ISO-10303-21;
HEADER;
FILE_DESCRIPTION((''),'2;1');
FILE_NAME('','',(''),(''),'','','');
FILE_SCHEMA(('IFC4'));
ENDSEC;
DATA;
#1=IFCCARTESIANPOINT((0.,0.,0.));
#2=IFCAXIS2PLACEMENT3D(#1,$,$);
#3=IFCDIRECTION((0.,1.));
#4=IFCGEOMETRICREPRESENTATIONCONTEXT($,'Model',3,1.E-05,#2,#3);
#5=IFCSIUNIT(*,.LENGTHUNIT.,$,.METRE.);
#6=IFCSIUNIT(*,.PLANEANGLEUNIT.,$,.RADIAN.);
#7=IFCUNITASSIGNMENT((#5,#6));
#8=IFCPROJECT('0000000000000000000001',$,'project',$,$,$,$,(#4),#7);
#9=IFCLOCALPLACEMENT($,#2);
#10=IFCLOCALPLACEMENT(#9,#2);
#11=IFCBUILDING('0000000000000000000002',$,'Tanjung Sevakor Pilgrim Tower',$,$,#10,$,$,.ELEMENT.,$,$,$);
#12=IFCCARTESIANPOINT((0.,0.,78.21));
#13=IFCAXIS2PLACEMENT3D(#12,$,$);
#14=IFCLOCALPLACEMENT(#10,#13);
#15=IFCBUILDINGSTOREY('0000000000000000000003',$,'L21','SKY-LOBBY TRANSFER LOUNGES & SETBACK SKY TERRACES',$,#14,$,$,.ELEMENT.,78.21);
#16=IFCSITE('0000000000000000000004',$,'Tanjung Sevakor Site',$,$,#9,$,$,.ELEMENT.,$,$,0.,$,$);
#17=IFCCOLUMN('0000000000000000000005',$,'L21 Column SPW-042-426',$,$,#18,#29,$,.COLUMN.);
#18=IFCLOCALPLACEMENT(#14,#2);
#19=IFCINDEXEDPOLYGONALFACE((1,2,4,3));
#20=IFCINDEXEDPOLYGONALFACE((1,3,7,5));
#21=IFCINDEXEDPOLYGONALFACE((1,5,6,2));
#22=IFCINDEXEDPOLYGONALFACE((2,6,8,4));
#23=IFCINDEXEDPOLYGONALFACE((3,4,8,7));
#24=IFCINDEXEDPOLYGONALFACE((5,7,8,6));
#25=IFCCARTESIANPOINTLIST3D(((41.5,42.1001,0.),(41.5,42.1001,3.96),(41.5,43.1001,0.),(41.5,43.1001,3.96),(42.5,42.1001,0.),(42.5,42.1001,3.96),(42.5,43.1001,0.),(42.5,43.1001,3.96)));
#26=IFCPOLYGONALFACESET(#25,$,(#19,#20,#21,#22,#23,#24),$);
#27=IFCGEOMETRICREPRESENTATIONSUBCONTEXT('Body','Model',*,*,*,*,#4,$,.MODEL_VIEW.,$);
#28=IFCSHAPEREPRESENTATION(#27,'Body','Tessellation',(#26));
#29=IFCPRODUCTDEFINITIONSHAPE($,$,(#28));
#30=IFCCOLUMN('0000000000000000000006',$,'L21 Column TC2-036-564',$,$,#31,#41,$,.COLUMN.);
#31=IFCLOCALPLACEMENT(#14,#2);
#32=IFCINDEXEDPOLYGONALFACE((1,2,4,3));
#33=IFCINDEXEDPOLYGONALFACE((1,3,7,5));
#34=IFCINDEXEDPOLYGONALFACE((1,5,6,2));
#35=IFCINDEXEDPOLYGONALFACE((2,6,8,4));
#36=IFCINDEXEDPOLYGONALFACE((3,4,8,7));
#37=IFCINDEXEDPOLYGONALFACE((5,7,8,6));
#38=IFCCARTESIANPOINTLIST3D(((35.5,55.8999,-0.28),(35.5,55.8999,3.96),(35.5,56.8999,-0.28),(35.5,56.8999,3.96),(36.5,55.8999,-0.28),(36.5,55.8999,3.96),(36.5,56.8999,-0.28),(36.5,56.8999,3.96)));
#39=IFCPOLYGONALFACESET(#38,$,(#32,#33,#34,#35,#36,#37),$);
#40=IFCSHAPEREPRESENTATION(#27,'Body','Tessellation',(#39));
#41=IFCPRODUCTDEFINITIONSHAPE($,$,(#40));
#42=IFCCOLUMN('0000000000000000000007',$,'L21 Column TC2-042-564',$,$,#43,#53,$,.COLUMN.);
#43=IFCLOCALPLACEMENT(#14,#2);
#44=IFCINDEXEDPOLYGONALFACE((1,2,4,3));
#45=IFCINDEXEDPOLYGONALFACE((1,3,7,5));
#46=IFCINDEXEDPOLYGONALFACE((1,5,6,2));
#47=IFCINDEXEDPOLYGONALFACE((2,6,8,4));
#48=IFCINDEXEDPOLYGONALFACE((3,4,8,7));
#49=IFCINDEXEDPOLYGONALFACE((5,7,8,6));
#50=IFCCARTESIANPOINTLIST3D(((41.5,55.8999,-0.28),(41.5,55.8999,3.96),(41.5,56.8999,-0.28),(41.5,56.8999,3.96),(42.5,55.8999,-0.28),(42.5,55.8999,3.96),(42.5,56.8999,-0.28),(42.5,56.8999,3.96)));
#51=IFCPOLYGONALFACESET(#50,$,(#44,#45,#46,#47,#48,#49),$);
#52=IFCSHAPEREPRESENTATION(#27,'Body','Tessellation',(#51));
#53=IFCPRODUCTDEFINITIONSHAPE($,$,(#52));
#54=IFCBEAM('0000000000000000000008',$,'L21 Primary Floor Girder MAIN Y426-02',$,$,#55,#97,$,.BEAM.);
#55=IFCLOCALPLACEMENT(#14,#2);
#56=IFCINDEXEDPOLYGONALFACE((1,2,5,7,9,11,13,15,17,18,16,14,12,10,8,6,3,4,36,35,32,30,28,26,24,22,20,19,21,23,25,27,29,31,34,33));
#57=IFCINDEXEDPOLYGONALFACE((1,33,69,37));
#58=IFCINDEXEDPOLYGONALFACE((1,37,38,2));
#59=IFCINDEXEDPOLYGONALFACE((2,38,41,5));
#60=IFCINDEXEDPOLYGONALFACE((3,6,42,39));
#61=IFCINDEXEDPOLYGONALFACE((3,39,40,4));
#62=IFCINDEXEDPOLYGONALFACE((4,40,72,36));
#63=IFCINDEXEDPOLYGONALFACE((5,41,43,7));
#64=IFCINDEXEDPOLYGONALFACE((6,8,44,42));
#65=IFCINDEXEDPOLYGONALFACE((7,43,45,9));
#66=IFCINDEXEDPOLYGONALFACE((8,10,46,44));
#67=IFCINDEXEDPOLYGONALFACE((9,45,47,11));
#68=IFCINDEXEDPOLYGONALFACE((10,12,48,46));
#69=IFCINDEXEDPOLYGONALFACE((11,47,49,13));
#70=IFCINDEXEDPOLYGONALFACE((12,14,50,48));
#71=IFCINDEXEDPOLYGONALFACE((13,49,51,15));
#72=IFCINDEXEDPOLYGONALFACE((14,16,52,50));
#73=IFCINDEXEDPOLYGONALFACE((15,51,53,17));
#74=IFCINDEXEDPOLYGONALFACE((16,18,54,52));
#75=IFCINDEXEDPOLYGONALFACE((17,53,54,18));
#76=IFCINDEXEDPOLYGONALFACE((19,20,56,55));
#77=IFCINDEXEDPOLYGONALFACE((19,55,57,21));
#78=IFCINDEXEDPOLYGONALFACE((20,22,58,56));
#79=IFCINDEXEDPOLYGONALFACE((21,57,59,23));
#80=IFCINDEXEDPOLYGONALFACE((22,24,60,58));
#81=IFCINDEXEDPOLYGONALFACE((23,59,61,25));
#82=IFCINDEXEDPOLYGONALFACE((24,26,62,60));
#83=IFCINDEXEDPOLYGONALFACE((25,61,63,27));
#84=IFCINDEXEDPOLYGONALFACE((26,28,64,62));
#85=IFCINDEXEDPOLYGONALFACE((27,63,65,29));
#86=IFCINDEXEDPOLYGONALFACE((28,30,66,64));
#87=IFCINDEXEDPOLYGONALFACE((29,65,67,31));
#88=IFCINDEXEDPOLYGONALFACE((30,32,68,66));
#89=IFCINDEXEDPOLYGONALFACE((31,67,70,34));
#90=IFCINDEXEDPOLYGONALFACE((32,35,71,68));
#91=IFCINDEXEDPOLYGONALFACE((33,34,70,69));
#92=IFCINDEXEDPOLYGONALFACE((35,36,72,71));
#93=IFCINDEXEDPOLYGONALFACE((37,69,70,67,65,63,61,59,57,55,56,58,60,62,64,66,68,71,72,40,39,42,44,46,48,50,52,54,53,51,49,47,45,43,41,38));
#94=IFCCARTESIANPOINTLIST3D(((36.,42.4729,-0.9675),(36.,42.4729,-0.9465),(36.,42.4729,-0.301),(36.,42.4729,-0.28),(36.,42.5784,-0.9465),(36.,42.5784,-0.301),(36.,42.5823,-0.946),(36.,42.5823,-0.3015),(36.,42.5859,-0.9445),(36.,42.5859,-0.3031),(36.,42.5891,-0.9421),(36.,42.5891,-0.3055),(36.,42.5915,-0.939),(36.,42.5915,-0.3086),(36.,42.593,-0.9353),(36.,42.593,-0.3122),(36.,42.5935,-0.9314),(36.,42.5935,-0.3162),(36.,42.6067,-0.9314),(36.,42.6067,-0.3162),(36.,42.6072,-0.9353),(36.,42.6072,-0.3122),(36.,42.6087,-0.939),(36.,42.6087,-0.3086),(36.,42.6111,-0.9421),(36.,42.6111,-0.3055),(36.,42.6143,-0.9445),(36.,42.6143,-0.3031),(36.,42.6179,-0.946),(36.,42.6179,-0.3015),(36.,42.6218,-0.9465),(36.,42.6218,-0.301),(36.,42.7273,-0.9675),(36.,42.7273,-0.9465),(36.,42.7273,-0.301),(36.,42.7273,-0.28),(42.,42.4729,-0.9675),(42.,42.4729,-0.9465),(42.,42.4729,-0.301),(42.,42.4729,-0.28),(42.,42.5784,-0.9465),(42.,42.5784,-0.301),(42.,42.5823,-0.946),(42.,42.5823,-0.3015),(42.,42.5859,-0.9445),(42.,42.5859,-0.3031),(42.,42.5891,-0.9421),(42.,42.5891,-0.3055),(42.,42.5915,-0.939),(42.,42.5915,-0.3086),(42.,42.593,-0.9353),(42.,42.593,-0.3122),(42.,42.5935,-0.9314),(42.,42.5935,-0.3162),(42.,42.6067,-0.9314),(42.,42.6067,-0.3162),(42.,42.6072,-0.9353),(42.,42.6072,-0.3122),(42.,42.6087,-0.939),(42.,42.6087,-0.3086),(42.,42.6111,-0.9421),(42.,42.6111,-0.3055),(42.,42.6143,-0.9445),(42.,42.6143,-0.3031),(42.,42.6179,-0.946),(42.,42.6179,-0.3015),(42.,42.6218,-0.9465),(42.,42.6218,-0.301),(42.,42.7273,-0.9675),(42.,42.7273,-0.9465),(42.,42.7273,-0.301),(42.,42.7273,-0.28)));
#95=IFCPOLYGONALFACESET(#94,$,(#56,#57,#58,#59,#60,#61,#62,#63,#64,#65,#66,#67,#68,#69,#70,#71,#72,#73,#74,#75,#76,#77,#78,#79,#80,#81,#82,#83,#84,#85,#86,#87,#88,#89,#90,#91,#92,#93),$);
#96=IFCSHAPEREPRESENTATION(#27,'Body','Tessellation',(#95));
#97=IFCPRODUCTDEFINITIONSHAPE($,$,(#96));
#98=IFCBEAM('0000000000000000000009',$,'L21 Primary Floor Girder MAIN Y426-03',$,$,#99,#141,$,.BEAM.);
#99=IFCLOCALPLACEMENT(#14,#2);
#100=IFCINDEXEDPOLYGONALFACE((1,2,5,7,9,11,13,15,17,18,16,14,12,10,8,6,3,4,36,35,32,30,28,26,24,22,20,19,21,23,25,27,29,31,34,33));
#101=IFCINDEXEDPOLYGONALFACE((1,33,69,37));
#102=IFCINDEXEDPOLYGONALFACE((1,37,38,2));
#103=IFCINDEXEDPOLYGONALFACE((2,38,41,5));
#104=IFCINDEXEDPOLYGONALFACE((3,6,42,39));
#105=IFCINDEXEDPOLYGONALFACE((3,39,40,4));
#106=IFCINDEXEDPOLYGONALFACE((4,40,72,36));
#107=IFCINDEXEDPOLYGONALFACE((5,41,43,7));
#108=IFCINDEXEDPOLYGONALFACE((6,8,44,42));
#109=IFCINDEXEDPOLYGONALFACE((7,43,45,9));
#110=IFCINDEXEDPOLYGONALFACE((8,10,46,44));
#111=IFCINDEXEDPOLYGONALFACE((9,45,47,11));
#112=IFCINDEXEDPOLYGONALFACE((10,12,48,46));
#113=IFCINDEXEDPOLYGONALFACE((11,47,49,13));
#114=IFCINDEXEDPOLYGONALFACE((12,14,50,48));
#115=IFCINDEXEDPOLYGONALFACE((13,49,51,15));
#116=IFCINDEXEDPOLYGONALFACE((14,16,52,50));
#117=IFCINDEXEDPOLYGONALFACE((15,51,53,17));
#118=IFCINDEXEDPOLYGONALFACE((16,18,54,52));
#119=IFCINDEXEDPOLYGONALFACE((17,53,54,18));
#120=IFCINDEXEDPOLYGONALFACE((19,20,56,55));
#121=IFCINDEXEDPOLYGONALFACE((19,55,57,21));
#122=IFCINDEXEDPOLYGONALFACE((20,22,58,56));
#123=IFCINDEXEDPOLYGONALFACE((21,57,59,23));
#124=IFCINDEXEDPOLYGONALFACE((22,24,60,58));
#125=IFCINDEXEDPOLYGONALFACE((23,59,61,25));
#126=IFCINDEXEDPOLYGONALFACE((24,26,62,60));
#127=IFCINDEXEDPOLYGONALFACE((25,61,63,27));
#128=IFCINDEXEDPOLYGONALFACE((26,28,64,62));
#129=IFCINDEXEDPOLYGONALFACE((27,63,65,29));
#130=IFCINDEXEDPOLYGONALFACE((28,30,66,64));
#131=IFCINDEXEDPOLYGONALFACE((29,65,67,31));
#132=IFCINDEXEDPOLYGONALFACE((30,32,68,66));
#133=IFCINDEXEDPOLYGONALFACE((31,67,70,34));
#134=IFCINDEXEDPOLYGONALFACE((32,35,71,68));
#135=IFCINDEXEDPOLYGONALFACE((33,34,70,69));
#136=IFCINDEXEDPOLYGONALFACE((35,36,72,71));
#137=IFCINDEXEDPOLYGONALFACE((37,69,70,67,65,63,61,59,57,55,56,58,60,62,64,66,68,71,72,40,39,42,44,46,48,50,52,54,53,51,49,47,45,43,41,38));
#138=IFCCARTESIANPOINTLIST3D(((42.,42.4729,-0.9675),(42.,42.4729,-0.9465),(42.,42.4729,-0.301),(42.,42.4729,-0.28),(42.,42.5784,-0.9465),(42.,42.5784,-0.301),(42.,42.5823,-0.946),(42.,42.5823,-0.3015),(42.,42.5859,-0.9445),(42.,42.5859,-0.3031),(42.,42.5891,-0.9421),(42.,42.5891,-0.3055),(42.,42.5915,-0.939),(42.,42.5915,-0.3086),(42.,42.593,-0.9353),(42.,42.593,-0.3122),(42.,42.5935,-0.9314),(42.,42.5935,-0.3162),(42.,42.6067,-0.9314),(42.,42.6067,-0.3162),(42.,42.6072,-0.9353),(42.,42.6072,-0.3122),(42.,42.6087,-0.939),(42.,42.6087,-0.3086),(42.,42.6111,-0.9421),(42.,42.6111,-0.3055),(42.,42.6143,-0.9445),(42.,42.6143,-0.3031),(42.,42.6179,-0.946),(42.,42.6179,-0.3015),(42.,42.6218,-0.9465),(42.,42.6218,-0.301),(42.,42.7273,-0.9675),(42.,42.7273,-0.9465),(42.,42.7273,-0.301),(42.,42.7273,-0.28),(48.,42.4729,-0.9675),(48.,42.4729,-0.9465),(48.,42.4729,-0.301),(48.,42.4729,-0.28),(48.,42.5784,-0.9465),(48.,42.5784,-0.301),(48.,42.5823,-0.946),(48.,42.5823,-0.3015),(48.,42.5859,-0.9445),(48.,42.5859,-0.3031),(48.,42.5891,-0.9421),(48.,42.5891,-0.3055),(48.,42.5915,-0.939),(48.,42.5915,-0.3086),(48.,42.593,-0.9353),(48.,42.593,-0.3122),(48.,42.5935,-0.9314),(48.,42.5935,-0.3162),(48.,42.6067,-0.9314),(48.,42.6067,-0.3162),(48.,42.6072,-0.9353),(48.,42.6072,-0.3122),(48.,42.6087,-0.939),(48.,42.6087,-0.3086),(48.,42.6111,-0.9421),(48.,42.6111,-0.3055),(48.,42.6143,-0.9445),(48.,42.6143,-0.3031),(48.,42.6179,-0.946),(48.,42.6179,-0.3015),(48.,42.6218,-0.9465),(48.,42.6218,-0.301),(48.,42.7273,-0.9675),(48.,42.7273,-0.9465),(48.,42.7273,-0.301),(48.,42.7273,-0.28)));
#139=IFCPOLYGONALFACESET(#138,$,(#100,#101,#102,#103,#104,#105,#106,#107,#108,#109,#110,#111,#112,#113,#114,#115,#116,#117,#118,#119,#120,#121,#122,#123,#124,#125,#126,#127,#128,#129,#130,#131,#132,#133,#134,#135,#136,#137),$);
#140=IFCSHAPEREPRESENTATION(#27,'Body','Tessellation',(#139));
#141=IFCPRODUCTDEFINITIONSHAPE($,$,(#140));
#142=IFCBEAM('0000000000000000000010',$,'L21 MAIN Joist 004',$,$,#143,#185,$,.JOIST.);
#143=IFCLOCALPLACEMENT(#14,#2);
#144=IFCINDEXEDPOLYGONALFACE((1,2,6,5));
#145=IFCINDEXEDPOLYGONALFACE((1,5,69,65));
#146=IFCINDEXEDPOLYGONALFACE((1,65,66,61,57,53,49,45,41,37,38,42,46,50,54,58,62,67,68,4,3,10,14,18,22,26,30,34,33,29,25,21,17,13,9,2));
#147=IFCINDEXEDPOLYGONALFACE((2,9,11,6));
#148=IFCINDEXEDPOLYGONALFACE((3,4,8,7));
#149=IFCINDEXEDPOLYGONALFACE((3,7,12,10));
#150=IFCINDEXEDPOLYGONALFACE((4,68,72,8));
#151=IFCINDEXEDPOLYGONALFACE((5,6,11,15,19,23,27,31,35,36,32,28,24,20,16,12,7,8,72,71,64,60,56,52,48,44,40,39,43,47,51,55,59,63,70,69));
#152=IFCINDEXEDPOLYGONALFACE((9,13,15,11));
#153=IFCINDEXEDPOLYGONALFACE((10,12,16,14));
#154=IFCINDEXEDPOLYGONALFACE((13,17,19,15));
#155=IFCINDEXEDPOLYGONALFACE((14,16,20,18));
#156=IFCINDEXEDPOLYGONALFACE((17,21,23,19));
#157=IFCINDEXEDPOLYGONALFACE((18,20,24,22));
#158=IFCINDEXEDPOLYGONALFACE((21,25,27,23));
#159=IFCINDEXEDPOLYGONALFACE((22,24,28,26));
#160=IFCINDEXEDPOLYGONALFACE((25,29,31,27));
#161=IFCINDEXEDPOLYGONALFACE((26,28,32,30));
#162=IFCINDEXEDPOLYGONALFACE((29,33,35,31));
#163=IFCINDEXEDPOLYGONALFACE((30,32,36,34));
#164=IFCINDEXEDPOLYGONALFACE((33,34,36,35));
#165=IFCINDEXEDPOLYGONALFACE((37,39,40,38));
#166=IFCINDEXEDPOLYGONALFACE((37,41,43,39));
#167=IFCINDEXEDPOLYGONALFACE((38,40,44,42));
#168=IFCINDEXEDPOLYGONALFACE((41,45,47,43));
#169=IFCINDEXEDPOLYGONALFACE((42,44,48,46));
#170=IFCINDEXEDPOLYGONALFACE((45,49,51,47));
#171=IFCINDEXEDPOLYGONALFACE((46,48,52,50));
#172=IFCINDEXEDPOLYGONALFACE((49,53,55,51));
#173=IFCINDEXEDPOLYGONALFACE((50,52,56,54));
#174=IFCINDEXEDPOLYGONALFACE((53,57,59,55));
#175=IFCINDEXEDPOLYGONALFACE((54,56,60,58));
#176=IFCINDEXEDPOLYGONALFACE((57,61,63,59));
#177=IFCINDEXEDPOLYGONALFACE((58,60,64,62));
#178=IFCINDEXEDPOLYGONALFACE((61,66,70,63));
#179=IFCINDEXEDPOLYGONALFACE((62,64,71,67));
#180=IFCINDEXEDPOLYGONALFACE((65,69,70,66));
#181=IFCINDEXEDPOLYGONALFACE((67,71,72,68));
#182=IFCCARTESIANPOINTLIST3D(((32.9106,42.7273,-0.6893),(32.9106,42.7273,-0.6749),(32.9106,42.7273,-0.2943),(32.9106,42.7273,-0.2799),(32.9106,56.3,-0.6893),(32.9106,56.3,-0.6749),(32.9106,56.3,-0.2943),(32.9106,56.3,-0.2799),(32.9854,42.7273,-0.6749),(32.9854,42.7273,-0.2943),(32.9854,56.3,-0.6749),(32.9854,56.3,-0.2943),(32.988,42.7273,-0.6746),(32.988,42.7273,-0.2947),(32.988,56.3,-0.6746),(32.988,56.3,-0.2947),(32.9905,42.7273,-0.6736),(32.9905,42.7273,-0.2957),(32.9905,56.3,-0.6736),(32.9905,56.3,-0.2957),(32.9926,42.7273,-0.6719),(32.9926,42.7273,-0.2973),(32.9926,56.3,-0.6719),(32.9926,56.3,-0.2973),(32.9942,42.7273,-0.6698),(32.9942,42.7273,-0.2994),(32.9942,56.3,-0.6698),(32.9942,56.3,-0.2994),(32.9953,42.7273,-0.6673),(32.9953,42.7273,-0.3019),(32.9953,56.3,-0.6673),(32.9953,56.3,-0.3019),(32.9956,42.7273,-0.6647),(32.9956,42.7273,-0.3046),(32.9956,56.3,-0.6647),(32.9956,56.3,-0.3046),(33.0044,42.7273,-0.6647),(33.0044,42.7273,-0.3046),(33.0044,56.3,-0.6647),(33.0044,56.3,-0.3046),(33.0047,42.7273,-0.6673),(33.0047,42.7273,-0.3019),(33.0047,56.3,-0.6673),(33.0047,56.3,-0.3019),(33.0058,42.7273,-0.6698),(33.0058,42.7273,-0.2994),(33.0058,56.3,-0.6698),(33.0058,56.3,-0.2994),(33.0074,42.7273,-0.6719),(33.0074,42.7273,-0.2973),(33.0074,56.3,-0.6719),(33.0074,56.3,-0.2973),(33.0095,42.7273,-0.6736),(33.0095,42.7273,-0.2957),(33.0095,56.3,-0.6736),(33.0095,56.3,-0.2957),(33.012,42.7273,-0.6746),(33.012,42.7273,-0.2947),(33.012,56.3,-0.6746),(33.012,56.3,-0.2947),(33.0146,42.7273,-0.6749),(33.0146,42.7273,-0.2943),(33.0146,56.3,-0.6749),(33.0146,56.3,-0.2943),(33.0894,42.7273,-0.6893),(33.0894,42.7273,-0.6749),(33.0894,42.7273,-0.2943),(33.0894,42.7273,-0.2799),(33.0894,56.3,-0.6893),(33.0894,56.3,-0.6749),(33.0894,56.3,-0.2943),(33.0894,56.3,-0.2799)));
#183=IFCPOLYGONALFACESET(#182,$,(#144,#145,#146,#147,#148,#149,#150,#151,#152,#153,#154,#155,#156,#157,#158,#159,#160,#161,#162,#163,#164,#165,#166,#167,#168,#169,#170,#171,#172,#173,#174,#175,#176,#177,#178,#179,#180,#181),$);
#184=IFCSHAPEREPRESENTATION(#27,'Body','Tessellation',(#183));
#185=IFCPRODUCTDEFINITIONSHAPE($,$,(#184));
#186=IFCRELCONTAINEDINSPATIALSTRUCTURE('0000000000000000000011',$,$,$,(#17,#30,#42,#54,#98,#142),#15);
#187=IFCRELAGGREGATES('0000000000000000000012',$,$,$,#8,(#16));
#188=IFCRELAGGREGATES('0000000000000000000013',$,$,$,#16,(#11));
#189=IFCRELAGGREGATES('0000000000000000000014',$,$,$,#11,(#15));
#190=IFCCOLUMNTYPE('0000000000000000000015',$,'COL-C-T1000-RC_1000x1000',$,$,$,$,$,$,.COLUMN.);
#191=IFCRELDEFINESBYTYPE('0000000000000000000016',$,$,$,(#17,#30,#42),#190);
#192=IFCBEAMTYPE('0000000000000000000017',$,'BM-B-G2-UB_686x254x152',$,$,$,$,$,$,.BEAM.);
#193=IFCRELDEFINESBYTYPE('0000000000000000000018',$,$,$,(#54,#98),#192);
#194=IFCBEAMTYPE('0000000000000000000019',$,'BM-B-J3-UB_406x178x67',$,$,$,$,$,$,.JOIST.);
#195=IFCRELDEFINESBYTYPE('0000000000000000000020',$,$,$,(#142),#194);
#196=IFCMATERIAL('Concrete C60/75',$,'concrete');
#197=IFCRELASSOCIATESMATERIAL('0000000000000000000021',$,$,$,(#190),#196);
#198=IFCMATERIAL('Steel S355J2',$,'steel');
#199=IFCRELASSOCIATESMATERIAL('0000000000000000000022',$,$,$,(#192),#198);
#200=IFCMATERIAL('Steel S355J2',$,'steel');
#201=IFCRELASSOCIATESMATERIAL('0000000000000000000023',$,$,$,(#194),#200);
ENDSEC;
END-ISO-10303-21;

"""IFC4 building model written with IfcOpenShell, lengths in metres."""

from ifc_helpers import new_model, si_unit, direction, frame, origin, origin_2d, place, context, subcontext, project, spatial, rectangle, i_section, extrude, material, material_profile, profile_set, type_object, element, save


model = new_model("IFC4")

# Units and contexts
model_context = context("Model", 3, precision=1e-05, world=origin(), true_north=direction((0.0, 1.0)))
body_context = subcontext(model_context, "Body", "Model", "MODEL_VIEW")
ifc_project = project(units=[si_unit("LENGTHUNIT", "METRE"), si_unit("PLANEANGLEUNIT", "RADIAN")], contexts=[model_context])

# Site, building, storey
site_placement = place(None, origin())
site = spatial("IfcSite", under=ifc_project, at=site_placement, Name="Tanjung Sevakor Site", CompositionType="ELEMENT", RefElevation=0.0)
building_placement = place(site_placement, origin())
building = spatial("IfcBuilding", under=site, at=building_placement, Name="Tanjung Sevakor Pilgrim Tower", CompositionType="ELEMENT")
storey_placement = place(building_placement, frame((0.0, 0.0, 78.21)))
storey = spatial("IfcBuildingStorey", under=building, at=storey_placement, Name="L21", Description="SKY-LOBBY TRANSFER LOUNGES & SETBACK SKY TERRACES", CompositionType="ELEMENT", Elevation=78.21)

# Columns
ifc_material_1 = material(Name="Concrete C60/75", Category="concrete")
ifc_material_profile_1 = material_profile(ifc_material_1, rectangle(XDim=1.0, YDim=1.0, at=origin_2d()))
ifc_profile_set_1 = profile_set([ifc_material_profile_1], Name="Concrete C60/75")
column_type = type_object("IfcColumnType", Name="COL-C-T1000-RC_1000x1000", PredefinedType="COLUMN", material=ifc_profile_set_1)
column_placement = place(storey_placement, frame((42.0, 42.6001, 0.0), z_axis=(0.0, 0.0, 1.0), x_axis=(1.0, 0.0, 0.0)))
element("IfcColumn", 1, at=column_placement, inside=storey, type_object=column_type, Name="L21 Column SPW-042-426", PredefinedType="COLUMN", context=body_context, shape_type="SweptSolid", body=[
    extrude(rectangle(XDim=1.0, YDim=1.0, at=origin_2d()), origin(), (0.0, 0.0, 1.0), 3.96),
])
for number, where, z_axis, x_axis, name in (
    (2, (36.0, 56.3999, -0.28), (0.0, 0.0, 1.0), (1.0, 0.0, 0.0), "L21 Column TC2-036-564"),
    (3, (42.0, 56.3999, -0.28), (0.0, 0.0, 1.0), (1.0, 0.0, 0.0), "L21 Column TC2-042-564"),
):
    element("IfcColumn", number, at=place(storey_placement, frame(where, z_axis=z_axis, x_axis=x_axis)), inside=storey, type_object=column_type, Name=name, PredefinedType="COLUMN", context=body_context, shape_type="SweptSolid", body=[
        extrude(rectangle(XDim=1.0, YDim=1.0, at=origin_2d()), origin(), (0.0, 0.0, 1.0), 4.24),
    ])

# Beams
ifc_material_2 = material(Name="Steel S355J2", Category="steel")
ifc_material_profile_2 = material_profile(ifc_material_2, i_section(OverallWidth=0.2544, OverallDepth=0.6875, WebThickness=0.0132, FlangeThickness=0.021, FilletRadius=0.0151, at=origin_2d()))
ifc_profile_set_2 = profile_set([ifc_material_profile_2], Name="Steel S355J2")
beam_type_1 = type_object("IfcBeamType", Name="BM-B-G2-UB_686x254x152", PredefinedType="BEAM", material=ifc_profile_set_2)
for number, where, z_axis, x_axis, name in (
    (4, (36.0, 42.6001, -0.6238), (1.0, 0.0, 0.0), (0.0, 1.0, 0.0), "L21 Primary Floor Girder MAIN Y426-02"),
    (5, (42.0, 42.6001, -0.6238), (1.0, 0.0, 0.0), (0.0, 1.0, 0.0), "L21 Primary Floor Girder MAIN Y426-03"),
):
    element("IfcBeam", number, at=place(storey_placement, frame(where, z_axis=z_axis, x_axis=x_axis)), inside=storey, type_object=beam_type_1, Name=name, PredefinedType="BEAM", context=body_context, shape_type="SweptSolid", body=[
        extrude(i_section(OverallWidth=0.2544, OverallDepth=0.6875, WebThickness=0.0132, FlangeThickness=0.021, FilletRadius=0.0151, at=origin_2d()), origin(), (0.0, 0.0, 1.0), 6.0),
    ])
ifc_material_3 = material(Name="Steel S355J2", Category="steel")
ifc_material_profile_3 = material_profile(ifc_material_3, i_section(OverallWidth=0.1787, OverallDepth=0.4094, WebThickness=0.0088, FlangeThickness=0.0144, FilletRadius=0.0103, at=origin_2d()))
ifc_profile_set_3 = profile_set([ifc_material_profile_3], Name="Steel S355J2")
beam_type_2 = type_object("IfcBeamType", Name="BM-B-J3-UB_406x178x67", PredefinedType="JOIST", material=ifc_profile_set_3)
for number, where, z_axis, x_axis, name in (
    (6, (33.0, 42.7273, -0.4846), (0.0, 1.0, 0.0), (-1.0, 0.0, 0.0), "L21 MAIN Joist 004"),
):
    element("IfcBeam", number, at=place(storey_placement, frame(where, z_axis=z_axis, x_axis=x_axis)), inside=storey, type_object=beam_type_2, Name=name, PredefinedType="JOIST", context=body_context, shape_type="SweptSolid", body=[
        extrude(i_section(OverallWidth=0.1787, OverallDepth=0.4094, WebThickness=0.0088, FlangeThickness=0.0144, FilletRadius=0.0103, at=origin_2d()), origin(), (0.0, 0.0, 1.0), 13.5728),
    ])

save(model, "model.ifc")
